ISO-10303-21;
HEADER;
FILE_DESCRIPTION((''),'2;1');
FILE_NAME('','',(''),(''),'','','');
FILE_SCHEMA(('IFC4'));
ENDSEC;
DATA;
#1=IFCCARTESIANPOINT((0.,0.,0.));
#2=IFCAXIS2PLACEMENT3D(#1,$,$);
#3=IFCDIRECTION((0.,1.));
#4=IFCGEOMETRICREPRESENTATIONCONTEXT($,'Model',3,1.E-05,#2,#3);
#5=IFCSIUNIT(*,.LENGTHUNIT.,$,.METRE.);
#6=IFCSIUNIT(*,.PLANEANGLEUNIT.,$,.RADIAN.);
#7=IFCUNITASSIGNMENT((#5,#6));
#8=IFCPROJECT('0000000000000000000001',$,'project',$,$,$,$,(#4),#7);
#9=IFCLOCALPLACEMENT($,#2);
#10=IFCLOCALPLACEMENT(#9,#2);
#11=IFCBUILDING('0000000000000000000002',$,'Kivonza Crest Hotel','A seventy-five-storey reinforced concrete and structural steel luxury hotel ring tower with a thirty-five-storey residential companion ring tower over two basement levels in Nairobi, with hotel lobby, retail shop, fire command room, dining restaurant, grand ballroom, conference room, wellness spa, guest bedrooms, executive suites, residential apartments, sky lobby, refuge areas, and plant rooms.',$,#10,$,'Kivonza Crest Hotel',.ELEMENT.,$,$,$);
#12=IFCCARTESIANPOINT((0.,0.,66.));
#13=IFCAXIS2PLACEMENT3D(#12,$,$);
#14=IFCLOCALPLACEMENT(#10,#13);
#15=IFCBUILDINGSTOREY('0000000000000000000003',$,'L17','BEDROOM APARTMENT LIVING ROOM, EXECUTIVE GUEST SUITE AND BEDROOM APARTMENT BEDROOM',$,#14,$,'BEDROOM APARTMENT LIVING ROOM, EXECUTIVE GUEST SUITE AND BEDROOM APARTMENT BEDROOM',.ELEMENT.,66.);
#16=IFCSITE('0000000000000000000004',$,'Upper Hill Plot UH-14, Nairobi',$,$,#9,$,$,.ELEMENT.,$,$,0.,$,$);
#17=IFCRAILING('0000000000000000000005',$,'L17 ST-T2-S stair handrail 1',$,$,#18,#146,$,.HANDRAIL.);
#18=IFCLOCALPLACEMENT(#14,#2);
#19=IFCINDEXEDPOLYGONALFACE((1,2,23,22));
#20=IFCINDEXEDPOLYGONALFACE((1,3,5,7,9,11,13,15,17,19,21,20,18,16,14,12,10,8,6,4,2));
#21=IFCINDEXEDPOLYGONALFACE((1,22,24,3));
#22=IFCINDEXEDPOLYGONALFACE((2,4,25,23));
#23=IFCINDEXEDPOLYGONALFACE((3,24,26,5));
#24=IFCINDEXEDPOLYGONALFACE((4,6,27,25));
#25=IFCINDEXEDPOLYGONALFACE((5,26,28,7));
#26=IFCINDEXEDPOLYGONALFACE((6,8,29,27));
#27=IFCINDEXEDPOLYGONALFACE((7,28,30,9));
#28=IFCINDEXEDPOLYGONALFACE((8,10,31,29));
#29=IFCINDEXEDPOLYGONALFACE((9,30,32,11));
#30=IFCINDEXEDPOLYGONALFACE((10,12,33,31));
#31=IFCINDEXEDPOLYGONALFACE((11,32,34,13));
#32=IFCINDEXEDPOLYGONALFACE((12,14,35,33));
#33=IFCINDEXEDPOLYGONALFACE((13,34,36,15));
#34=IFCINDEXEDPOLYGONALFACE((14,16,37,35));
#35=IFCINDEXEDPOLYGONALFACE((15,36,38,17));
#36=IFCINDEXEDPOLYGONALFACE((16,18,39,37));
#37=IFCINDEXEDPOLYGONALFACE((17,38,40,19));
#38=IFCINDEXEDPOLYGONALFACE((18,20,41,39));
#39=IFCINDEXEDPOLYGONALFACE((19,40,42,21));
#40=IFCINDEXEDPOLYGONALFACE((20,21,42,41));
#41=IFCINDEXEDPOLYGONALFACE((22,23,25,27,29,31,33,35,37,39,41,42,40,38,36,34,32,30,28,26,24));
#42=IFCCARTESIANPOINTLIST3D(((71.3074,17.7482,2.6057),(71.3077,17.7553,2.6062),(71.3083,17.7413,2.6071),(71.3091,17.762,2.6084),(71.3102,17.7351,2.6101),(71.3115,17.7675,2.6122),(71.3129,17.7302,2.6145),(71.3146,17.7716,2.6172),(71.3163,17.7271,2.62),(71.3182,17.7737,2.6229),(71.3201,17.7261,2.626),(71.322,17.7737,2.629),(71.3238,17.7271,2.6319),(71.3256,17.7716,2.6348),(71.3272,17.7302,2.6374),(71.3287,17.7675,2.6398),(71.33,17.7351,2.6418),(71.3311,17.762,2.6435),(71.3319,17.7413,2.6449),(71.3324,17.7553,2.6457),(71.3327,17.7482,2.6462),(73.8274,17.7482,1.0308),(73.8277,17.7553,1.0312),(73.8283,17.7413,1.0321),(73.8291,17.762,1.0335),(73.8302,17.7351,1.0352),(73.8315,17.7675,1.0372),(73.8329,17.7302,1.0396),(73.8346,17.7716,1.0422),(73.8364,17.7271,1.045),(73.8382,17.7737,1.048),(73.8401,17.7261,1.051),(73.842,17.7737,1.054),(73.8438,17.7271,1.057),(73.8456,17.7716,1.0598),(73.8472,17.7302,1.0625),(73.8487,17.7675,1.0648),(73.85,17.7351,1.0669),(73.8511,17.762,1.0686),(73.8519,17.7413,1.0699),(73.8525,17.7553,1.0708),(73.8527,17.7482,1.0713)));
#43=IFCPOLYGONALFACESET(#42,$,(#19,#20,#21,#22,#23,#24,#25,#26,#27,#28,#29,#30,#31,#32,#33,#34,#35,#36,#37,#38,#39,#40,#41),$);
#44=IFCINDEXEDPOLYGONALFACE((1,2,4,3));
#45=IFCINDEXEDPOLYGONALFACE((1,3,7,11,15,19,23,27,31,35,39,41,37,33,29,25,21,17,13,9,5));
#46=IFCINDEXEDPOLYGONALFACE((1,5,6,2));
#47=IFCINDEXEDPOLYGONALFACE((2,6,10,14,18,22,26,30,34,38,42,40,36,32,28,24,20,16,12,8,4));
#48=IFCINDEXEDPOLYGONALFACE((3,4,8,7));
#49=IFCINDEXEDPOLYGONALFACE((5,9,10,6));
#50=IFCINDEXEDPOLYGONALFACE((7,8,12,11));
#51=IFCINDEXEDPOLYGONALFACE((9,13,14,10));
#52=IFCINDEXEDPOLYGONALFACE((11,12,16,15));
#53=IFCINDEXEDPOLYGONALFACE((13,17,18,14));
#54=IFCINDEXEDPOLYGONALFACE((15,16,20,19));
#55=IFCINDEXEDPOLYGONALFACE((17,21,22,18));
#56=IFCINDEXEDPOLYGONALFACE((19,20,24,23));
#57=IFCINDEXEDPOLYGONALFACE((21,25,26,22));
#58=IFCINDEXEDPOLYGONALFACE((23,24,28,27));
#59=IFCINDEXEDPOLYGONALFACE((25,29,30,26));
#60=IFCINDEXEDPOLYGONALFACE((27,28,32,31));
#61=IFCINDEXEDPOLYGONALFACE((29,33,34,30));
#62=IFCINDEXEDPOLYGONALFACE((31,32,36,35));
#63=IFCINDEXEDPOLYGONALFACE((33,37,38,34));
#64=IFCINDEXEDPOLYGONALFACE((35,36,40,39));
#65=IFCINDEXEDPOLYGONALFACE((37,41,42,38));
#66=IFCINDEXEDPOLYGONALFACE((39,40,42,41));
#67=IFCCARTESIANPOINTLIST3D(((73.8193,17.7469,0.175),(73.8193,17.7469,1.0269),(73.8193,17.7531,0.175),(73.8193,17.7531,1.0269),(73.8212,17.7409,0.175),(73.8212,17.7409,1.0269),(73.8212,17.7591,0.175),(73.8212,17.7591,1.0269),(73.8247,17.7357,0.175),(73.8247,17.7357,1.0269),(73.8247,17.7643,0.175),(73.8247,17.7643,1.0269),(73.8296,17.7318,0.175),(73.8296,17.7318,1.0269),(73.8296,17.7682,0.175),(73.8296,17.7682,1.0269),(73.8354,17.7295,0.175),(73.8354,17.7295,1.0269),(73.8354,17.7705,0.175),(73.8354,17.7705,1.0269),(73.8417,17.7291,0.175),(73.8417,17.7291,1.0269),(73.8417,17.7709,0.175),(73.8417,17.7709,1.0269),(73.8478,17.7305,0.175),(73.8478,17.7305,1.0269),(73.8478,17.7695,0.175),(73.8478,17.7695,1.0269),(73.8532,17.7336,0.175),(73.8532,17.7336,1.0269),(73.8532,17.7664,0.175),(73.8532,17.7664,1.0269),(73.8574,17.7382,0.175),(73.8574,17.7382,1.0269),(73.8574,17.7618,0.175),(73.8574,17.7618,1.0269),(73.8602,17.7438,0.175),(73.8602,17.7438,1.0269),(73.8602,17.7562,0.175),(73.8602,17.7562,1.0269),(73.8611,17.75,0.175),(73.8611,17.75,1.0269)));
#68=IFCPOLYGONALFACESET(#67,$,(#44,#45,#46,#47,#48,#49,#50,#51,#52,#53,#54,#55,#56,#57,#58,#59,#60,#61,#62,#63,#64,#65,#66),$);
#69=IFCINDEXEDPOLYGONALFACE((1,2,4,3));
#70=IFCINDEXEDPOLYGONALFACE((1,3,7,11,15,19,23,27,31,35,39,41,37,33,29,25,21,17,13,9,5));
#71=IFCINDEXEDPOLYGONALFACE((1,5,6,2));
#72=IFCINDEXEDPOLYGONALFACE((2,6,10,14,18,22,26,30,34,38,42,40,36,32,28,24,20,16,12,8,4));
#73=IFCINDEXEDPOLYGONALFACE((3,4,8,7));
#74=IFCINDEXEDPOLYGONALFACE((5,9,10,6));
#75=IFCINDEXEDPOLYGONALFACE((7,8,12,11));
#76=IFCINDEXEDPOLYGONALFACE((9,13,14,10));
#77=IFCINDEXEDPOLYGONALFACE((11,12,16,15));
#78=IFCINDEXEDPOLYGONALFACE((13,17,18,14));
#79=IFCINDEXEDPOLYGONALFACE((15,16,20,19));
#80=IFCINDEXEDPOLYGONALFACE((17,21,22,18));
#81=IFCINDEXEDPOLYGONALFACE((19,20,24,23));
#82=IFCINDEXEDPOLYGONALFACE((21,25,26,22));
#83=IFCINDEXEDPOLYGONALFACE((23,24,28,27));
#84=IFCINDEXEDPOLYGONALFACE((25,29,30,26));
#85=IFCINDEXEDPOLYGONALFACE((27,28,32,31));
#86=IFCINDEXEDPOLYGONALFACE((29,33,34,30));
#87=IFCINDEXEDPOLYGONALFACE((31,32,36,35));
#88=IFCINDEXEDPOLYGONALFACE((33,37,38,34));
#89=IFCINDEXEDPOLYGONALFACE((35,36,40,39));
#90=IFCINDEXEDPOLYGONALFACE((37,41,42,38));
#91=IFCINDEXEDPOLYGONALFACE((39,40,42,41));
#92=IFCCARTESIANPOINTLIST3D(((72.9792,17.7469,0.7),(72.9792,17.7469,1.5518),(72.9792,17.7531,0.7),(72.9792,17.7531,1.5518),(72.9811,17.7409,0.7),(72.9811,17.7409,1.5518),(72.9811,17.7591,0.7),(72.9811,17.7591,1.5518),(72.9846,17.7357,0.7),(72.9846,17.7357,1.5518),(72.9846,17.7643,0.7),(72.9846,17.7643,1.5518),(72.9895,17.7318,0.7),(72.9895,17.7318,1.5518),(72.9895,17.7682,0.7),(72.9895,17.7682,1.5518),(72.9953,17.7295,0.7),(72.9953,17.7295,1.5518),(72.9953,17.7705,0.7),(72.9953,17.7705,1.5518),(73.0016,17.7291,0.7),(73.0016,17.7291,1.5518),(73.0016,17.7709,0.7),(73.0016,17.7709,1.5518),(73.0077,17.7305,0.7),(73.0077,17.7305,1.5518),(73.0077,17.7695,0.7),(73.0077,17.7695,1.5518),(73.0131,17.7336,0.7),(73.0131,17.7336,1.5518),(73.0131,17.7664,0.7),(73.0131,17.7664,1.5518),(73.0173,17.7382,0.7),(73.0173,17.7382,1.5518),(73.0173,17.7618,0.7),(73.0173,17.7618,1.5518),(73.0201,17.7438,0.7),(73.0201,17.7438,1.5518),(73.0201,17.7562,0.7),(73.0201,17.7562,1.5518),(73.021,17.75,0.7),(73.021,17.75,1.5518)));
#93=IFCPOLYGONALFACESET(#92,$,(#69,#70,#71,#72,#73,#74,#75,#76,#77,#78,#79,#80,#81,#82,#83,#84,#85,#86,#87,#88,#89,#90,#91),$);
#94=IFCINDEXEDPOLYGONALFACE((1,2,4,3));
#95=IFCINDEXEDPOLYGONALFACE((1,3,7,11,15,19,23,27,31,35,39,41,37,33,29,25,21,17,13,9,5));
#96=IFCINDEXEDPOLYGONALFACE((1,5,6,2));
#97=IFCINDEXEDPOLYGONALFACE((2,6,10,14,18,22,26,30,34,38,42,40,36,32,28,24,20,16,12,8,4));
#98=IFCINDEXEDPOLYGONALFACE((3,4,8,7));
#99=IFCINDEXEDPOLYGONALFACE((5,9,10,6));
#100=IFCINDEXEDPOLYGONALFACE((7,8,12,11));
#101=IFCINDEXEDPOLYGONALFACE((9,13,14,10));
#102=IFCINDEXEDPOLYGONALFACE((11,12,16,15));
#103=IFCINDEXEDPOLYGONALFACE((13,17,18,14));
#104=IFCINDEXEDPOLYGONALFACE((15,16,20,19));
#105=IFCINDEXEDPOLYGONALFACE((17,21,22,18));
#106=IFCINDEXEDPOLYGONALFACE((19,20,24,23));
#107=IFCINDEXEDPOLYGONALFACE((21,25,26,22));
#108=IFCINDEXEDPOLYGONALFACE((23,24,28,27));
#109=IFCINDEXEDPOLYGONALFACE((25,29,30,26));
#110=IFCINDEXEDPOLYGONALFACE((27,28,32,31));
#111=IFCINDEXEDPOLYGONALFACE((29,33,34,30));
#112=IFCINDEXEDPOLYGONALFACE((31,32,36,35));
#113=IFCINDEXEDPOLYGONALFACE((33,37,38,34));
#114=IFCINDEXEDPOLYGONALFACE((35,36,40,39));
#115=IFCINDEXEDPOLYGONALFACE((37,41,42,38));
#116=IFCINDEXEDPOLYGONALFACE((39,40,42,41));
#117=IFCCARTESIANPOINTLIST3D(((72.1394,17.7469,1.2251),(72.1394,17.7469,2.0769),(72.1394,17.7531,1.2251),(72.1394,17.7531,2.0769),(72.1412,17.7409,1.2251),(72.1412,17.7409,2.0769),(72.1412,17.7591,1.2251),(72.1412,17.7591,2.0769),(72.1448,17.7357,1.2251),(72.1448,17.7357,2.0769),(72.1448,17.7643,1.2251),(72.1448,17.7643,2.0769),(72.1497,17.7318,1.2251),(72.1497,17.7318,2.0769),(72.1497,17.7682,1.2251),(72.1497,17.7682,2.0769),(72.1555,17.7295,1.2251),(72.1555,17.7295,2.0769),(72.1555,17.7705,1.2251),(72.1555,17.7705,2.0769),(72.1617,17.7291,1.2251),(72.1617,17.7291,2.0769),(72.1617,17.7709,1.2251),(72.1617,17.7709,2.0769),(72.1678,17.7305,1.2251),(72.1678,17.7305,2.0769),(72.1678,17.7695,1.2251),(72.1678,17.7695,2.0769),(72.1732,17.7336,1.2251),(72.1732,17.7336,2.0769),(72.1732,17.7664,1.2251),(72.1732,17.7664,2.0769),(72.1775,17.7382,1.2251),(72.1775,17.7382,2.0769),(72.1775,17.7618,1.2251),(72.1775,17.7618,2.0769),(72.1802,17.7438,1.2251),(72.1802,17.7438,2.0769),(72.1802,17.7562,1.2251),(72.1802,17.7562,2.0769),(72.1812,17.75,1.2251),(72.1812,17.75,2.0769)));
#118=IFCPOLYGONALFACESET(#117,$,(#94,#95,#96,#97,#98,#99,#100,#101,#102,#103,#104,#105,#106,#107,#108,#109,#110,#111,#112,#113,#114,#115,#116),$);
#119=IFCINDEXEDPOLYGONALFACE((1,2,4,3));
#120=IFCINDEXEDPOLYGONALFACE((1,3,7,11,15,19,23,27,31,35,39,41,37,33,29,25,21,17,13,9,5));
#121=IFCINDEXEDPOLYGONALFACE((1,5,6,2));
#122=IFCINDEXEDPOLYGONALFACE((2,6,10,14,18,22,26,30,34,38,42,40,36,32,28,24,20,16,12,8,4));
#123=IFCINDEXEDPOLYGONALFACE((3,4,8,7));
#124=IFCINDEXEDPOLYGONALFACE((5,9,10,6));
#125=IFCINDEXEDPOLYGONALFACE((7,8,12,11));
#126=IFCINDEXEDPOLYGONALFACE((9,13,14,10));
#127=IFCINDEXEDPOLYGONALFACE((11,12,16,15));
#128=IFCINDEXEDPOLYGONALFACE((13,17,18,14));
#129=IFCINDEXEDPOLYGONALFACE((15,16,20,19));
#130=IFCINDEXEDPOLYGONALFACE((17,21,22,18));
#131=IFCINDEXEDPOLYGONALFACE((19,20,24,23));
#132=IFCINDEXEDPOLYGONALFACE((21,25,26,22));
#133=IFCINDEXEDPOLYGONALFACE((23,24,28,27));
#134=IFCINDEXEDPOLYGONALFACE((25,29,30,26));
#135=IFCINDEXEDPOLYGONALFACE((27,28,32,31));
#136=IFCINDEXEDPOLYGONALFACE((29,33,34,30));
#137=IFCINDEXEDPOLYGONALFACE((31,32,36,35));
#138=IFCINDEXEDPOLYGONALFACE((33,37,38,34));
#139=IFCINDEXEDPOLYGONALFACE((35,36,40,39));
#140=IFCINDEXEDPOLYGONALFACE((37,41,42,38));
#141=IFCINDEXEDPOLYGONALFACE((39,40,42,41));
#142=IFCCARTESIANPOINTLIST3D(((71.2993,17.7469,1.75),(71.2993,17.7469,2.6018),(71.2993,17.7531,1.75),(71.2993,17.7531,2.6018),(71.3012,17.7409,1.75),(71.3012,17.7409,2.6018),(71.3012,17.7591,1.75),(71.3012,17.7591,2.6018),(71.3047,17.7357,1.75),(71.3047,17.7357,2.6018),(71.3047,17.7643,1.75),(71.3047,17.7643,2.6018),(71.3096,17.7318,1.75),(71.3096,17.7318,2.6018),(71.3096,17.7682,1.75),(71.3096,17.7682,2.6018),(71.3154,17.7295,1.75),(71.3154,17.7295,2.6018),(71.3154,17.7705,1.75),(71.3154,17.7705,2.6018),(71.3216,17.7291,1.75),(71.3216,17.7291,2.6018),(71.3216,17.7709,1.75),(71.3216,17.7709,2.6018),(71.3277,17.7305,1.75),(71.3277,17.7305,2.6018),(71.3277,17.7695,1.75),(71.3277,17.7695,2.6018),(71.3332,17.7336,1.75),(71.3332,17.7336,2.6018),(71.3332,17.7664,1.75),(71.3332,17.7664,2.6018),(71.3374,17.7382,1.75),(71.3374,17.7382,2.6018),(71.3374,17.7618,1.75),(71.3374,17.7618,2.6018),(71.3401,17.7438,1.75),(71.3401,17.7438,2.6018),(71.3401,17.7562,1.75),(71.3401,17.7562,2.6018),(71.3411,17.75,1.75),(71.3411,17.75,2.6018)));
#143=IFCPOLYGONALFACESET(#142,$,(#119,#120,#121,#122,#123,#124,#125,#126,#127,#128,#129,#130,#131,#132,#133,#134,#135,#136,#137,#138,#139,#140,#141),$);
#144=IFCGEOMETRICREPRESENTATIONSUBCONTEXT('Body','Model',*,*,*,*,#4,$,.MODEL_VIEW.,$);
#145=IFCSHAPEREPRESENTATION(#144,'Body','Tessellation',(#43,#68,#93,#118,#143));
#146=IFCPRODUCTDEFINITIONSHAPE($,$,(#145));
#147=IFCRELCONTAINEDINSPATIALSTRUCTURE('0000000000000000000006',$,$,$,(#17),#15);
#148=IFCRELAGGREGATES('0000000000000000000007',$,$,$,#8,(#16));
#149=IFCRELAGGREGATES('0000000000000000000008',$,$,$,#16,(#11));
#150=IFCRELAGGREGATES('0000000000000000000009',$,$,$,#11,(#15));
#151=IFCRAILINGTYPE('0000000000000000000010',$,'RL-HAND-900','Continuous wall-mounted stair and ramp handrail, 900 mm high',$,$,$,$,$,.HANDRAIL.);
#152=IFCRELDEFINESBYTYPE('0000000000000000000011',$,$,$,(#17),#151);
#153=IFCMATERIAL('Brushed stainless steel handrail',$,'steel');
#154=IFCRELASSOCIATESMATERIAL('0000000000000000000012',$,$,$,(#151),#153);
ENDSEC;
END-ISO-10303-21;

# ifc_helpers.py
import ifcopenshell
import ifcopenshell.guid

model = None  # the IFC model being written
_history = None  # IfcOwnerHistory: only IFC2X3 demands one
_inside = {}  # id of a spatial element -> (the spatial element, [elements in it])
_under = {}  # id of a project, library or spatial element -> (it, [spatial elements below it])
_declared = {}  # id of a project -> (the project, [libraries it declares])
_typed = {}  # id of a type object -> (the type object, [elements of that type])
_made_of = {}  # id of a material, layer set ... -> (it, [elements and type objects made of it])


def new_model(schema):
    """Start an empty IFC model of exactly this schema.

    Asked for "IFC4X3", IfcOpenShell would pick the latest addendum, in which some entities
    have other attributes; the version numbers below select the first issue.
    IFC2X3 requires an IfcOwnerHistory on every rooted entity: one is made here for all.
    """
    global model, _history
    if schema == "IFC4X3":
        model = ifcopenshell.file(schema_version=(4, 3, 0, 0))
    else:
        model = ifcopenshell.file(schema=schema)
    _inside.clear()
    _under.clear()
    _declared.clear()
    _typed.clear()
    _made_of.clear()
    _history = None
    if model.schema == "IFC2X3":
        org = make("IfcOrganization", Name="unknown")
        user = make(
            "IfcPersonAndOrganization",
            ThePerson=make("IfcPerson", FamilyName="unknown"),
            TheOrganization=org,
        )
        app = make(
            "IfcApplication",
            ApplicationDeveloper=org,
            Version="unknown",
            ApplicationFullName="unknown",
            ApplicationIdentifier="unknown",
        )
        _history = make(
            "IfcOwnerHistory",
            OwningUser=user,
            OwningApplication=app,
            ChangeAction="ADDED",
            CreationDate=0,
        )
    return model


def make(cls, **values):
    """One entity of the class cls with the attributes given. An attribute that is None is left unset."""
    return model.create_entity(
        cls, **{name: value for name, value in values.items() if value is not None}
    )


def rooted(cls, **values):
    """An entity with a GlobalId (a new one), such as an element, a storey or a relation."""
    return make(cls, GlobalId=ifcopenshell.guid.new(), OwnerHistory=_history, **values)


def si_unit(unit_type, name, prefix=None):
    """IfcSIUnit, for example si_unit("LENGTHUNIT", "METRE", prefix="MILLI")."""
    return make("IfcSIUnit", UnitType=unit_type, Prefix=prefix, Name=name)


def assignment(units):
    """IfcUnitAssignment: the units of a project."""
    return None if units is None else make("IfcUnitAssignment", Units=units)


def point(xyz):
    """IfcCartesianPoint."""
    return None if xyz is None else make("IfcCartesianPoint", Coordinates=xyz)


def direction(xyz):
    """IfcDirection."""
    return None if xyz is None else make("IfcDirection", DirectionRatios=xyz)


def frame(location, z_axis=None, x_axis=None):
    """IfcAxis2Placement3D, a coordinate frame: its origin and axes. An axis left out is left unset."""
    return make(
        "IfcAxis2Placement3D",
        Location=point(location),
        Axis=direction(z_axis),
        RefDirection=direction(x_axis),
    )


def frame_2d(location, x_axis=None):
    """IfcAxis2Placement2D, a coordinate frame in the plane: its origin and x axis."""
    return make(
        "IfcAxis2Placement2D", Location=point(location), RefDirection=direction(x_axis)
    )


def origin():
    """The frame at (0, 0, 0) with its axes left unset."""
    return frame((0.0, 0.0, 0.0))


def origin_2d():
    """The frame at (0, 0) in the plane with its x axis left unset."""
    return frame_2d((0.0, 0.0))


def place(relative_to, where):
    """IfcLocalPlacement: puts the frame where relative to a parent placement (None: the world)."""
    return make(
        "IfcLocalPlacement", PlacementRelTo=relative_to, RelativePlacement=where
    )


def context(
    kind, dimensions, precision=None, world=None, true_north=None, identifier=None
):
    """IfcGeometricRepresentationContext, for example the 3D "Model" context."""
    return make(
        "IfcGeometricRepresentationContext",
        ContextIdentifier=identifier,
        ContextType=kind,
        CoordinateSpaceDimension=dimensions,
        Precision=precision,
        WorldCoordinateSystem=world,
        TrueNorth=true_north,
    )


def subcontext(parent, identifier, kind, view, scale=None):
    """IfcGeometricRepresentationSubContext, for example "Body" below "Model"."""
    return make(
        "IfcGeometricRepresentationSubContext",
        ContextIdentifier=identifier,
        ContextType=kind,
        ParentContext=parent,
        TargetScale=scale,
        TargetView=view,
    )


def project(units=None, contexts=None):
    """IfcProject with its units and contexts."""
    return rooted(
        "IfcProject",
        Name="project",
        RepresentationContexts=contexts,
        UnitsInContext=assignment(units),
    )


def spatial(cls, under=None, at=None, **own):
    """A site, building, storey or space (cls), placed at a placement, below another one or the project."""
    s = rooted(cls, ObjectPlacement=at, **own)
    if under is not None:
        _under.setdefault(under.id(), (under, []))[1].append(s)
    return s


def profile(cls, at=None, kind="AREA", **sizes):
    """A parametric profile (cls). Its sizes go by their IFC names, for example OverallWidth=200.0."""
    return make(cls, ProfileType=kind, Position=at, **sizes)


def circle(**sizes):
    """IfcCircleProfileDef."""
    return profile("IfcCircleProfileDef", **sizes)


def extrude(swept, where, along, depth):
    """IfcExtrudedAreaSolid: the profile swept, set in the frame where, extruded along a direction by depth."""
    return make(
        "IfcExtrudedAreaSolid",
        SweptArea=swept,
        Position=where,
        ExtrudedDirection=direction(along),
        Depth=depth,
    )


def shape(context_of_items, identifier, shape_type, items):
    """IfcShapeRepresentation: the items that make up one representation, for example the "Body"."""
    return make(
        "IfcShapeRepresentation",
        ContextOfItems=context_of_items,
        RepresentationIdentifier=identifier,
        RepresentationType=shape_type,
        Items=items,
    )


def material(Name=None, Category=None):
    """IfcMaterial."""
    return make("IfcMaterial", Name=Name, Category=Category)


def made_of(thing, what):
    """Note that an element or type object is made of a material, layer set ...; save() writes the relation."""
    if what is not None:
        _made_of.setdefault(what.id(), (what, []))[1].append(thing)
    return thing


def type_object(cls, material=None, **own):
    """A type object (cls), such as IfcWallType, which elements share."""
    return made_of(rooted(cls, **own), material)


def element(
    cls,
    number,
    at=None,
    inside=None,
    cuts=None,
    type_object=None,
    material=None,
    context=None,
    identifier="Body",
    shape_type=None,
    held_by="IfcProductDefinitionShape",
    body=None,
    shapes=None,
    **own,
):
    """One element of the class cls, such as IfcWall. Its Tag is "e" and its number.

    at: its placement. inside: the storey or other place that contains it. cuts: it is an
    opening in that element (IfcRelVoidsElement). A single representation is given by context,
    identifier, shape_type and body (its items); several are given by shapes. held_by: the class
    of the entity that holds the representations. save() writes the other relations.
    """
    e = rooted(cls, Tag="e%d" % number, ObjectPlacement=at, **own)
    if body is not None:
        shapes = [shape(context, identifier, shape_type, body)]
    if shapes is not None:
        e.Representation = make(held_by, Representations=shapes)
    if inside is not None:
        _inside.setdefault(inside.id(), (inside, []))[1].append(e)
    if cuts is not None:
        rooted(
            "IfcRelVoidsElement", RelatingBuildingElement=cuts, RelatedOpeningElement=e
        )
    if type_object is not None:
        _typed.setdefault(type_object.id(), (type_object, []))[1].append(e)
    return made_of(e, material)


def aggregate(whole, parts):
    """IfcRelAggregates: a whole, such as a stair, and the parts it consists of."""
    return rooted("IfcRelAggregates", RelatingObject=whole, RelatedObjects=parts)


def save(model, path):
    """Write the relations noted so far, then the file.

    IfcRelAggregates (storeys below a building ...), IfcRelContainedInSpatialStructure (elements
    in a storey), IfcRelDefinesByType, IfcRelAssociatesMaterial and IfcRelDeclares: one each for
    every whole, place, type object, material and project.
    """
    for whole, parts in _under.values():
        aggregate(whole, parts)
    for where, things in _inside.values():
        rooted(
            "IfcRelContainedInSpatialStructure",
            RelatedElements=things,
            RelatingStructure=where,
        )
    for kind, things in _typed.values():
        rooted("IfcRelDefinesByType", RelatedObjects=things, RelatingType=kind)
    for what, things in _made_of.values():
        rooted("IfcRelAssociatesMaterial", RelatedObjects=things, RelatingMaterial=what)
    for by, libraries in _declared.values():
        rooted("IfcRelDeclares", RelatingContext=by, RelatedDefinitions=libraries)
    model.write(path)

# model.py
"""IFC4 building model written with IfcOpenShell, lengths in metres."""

from ifc_helpers import new_model, si_unit, direction, frame, origin, origin_2d, place, context, subcontext, project, spatial, circle, extrude, material, type_object, element, save


model = new_model("IFC4")

# Units and contexts
model_context = context("Model", 3, precision=1e-05, world=origin(), true_north=direction((0.0, 1.0)))
body_context = subcontext(model_context, "Body", "Model", "MODEL_VIEW")
ifc_project = project(units=[si_unit("LENGTHUNIT", "METRE"), si_unit("PLANEANGLEUNIT", "RADIAN")], contexts=[model_context])

# Site, building, storey
site_placement = place(None, origin())
site = spatial("IfcSite", under=ifc_project, at=site_placement, Name="Upper Hill Plot UH-14, Nairobi", CompositionType="ELEMENT", RefElevation=0.0)
building_placement = place(site_placement, origin())
building = spatial("IfcBuilding", under=site, at=building_placement, Name="Kivonza Crest Hotel", Description="A seventy-five-storey reinforced concrete and structural steel luxury hotel ring tower with a thirty-five-storey residential companion ring tower over two basement levels in Nairobi, with hotel lobby, retail shop, fire command room, dining restaurant, grand ballroom, conference room, wellness spa, guest bedrooms, executive suites, residential apartments, sky lobby, refuge areas, and plant rooms.", LongName="Kivonza Crest Hotel", CompositionType="ELEMENT")
storey_placement = place(building_placement, frame((0.0, 0.0, 66.0)))
storey = spatial("IfcBuildingStorey", under=building, at=storey_placement, Name="L17", Description="BEDROOM APARTMENT LIVING ROOM, EXECUTIVE GUEST SUITE AND BEDROOM APARTMENT BEDROOM", LongName="BEDROOM APARTMENT LIVING ROOM, EXECUTIVE GUEST SUITE AND BEDROOM APARTMENT BEDROOM", CompositionType="ELEMENT", Elevation=66.0)

# Railing
ifc_material_1 = material(Name="Brushed stainless steel handrail", Category="steel")
railing_type_1 = type_object("IfcRailingType", Name="RL-HAND-900", Description="Continuous wall-mounted stair and ramp handrail, 900 mm high", PredefinedType="HANDRAIL", material=ifc_material_1)
railing_1_placement = place(storey_placement, frame((73.8401, 17.75, 0.175)))
element("IfcRailing", 1, at=railing_1_placement, inside=storey, type_object=railing_type_1, Name="L17 ST-T2-S stair handrail 1", PredefinedType="HANDRAIL", context=body_context, shape_type="SweptSolid", body=[
    extrude(circle(Radius=0.0239, at=origin_2d()), frame((0.0, 0.0, 0.876), z_axis=(-0.848008, 0.0, 0.529984), x_axis=(0.0, -1.0, 0.0)), (0.0, 0.0, 1.0), 2.9717),
    extrude(circle(Radius=0.021, at=origin_2d()), origin(), (0.0, 0.0, 1.0), 0.8518),
    extrude(circle(Radius=0.021, at=origin_2d()), frame((-0.8401, 0.0, 0.5249)), (0.0, 0.0, 1.0), 0.8518),
    extrude(circle(Radius=0.021, at=origin_2d()), frame((-1.6799, 0.0, 1.05)), (0.0, 0.0, 1.0), 0.8518),
    extrude(circle(Radius=0.021, at=origin_2d()), frame((-2.52, 0.0, 1.575)), (0.0, 0.0, 1.0), 0.8518),
])

save(model, "model.ifc")
